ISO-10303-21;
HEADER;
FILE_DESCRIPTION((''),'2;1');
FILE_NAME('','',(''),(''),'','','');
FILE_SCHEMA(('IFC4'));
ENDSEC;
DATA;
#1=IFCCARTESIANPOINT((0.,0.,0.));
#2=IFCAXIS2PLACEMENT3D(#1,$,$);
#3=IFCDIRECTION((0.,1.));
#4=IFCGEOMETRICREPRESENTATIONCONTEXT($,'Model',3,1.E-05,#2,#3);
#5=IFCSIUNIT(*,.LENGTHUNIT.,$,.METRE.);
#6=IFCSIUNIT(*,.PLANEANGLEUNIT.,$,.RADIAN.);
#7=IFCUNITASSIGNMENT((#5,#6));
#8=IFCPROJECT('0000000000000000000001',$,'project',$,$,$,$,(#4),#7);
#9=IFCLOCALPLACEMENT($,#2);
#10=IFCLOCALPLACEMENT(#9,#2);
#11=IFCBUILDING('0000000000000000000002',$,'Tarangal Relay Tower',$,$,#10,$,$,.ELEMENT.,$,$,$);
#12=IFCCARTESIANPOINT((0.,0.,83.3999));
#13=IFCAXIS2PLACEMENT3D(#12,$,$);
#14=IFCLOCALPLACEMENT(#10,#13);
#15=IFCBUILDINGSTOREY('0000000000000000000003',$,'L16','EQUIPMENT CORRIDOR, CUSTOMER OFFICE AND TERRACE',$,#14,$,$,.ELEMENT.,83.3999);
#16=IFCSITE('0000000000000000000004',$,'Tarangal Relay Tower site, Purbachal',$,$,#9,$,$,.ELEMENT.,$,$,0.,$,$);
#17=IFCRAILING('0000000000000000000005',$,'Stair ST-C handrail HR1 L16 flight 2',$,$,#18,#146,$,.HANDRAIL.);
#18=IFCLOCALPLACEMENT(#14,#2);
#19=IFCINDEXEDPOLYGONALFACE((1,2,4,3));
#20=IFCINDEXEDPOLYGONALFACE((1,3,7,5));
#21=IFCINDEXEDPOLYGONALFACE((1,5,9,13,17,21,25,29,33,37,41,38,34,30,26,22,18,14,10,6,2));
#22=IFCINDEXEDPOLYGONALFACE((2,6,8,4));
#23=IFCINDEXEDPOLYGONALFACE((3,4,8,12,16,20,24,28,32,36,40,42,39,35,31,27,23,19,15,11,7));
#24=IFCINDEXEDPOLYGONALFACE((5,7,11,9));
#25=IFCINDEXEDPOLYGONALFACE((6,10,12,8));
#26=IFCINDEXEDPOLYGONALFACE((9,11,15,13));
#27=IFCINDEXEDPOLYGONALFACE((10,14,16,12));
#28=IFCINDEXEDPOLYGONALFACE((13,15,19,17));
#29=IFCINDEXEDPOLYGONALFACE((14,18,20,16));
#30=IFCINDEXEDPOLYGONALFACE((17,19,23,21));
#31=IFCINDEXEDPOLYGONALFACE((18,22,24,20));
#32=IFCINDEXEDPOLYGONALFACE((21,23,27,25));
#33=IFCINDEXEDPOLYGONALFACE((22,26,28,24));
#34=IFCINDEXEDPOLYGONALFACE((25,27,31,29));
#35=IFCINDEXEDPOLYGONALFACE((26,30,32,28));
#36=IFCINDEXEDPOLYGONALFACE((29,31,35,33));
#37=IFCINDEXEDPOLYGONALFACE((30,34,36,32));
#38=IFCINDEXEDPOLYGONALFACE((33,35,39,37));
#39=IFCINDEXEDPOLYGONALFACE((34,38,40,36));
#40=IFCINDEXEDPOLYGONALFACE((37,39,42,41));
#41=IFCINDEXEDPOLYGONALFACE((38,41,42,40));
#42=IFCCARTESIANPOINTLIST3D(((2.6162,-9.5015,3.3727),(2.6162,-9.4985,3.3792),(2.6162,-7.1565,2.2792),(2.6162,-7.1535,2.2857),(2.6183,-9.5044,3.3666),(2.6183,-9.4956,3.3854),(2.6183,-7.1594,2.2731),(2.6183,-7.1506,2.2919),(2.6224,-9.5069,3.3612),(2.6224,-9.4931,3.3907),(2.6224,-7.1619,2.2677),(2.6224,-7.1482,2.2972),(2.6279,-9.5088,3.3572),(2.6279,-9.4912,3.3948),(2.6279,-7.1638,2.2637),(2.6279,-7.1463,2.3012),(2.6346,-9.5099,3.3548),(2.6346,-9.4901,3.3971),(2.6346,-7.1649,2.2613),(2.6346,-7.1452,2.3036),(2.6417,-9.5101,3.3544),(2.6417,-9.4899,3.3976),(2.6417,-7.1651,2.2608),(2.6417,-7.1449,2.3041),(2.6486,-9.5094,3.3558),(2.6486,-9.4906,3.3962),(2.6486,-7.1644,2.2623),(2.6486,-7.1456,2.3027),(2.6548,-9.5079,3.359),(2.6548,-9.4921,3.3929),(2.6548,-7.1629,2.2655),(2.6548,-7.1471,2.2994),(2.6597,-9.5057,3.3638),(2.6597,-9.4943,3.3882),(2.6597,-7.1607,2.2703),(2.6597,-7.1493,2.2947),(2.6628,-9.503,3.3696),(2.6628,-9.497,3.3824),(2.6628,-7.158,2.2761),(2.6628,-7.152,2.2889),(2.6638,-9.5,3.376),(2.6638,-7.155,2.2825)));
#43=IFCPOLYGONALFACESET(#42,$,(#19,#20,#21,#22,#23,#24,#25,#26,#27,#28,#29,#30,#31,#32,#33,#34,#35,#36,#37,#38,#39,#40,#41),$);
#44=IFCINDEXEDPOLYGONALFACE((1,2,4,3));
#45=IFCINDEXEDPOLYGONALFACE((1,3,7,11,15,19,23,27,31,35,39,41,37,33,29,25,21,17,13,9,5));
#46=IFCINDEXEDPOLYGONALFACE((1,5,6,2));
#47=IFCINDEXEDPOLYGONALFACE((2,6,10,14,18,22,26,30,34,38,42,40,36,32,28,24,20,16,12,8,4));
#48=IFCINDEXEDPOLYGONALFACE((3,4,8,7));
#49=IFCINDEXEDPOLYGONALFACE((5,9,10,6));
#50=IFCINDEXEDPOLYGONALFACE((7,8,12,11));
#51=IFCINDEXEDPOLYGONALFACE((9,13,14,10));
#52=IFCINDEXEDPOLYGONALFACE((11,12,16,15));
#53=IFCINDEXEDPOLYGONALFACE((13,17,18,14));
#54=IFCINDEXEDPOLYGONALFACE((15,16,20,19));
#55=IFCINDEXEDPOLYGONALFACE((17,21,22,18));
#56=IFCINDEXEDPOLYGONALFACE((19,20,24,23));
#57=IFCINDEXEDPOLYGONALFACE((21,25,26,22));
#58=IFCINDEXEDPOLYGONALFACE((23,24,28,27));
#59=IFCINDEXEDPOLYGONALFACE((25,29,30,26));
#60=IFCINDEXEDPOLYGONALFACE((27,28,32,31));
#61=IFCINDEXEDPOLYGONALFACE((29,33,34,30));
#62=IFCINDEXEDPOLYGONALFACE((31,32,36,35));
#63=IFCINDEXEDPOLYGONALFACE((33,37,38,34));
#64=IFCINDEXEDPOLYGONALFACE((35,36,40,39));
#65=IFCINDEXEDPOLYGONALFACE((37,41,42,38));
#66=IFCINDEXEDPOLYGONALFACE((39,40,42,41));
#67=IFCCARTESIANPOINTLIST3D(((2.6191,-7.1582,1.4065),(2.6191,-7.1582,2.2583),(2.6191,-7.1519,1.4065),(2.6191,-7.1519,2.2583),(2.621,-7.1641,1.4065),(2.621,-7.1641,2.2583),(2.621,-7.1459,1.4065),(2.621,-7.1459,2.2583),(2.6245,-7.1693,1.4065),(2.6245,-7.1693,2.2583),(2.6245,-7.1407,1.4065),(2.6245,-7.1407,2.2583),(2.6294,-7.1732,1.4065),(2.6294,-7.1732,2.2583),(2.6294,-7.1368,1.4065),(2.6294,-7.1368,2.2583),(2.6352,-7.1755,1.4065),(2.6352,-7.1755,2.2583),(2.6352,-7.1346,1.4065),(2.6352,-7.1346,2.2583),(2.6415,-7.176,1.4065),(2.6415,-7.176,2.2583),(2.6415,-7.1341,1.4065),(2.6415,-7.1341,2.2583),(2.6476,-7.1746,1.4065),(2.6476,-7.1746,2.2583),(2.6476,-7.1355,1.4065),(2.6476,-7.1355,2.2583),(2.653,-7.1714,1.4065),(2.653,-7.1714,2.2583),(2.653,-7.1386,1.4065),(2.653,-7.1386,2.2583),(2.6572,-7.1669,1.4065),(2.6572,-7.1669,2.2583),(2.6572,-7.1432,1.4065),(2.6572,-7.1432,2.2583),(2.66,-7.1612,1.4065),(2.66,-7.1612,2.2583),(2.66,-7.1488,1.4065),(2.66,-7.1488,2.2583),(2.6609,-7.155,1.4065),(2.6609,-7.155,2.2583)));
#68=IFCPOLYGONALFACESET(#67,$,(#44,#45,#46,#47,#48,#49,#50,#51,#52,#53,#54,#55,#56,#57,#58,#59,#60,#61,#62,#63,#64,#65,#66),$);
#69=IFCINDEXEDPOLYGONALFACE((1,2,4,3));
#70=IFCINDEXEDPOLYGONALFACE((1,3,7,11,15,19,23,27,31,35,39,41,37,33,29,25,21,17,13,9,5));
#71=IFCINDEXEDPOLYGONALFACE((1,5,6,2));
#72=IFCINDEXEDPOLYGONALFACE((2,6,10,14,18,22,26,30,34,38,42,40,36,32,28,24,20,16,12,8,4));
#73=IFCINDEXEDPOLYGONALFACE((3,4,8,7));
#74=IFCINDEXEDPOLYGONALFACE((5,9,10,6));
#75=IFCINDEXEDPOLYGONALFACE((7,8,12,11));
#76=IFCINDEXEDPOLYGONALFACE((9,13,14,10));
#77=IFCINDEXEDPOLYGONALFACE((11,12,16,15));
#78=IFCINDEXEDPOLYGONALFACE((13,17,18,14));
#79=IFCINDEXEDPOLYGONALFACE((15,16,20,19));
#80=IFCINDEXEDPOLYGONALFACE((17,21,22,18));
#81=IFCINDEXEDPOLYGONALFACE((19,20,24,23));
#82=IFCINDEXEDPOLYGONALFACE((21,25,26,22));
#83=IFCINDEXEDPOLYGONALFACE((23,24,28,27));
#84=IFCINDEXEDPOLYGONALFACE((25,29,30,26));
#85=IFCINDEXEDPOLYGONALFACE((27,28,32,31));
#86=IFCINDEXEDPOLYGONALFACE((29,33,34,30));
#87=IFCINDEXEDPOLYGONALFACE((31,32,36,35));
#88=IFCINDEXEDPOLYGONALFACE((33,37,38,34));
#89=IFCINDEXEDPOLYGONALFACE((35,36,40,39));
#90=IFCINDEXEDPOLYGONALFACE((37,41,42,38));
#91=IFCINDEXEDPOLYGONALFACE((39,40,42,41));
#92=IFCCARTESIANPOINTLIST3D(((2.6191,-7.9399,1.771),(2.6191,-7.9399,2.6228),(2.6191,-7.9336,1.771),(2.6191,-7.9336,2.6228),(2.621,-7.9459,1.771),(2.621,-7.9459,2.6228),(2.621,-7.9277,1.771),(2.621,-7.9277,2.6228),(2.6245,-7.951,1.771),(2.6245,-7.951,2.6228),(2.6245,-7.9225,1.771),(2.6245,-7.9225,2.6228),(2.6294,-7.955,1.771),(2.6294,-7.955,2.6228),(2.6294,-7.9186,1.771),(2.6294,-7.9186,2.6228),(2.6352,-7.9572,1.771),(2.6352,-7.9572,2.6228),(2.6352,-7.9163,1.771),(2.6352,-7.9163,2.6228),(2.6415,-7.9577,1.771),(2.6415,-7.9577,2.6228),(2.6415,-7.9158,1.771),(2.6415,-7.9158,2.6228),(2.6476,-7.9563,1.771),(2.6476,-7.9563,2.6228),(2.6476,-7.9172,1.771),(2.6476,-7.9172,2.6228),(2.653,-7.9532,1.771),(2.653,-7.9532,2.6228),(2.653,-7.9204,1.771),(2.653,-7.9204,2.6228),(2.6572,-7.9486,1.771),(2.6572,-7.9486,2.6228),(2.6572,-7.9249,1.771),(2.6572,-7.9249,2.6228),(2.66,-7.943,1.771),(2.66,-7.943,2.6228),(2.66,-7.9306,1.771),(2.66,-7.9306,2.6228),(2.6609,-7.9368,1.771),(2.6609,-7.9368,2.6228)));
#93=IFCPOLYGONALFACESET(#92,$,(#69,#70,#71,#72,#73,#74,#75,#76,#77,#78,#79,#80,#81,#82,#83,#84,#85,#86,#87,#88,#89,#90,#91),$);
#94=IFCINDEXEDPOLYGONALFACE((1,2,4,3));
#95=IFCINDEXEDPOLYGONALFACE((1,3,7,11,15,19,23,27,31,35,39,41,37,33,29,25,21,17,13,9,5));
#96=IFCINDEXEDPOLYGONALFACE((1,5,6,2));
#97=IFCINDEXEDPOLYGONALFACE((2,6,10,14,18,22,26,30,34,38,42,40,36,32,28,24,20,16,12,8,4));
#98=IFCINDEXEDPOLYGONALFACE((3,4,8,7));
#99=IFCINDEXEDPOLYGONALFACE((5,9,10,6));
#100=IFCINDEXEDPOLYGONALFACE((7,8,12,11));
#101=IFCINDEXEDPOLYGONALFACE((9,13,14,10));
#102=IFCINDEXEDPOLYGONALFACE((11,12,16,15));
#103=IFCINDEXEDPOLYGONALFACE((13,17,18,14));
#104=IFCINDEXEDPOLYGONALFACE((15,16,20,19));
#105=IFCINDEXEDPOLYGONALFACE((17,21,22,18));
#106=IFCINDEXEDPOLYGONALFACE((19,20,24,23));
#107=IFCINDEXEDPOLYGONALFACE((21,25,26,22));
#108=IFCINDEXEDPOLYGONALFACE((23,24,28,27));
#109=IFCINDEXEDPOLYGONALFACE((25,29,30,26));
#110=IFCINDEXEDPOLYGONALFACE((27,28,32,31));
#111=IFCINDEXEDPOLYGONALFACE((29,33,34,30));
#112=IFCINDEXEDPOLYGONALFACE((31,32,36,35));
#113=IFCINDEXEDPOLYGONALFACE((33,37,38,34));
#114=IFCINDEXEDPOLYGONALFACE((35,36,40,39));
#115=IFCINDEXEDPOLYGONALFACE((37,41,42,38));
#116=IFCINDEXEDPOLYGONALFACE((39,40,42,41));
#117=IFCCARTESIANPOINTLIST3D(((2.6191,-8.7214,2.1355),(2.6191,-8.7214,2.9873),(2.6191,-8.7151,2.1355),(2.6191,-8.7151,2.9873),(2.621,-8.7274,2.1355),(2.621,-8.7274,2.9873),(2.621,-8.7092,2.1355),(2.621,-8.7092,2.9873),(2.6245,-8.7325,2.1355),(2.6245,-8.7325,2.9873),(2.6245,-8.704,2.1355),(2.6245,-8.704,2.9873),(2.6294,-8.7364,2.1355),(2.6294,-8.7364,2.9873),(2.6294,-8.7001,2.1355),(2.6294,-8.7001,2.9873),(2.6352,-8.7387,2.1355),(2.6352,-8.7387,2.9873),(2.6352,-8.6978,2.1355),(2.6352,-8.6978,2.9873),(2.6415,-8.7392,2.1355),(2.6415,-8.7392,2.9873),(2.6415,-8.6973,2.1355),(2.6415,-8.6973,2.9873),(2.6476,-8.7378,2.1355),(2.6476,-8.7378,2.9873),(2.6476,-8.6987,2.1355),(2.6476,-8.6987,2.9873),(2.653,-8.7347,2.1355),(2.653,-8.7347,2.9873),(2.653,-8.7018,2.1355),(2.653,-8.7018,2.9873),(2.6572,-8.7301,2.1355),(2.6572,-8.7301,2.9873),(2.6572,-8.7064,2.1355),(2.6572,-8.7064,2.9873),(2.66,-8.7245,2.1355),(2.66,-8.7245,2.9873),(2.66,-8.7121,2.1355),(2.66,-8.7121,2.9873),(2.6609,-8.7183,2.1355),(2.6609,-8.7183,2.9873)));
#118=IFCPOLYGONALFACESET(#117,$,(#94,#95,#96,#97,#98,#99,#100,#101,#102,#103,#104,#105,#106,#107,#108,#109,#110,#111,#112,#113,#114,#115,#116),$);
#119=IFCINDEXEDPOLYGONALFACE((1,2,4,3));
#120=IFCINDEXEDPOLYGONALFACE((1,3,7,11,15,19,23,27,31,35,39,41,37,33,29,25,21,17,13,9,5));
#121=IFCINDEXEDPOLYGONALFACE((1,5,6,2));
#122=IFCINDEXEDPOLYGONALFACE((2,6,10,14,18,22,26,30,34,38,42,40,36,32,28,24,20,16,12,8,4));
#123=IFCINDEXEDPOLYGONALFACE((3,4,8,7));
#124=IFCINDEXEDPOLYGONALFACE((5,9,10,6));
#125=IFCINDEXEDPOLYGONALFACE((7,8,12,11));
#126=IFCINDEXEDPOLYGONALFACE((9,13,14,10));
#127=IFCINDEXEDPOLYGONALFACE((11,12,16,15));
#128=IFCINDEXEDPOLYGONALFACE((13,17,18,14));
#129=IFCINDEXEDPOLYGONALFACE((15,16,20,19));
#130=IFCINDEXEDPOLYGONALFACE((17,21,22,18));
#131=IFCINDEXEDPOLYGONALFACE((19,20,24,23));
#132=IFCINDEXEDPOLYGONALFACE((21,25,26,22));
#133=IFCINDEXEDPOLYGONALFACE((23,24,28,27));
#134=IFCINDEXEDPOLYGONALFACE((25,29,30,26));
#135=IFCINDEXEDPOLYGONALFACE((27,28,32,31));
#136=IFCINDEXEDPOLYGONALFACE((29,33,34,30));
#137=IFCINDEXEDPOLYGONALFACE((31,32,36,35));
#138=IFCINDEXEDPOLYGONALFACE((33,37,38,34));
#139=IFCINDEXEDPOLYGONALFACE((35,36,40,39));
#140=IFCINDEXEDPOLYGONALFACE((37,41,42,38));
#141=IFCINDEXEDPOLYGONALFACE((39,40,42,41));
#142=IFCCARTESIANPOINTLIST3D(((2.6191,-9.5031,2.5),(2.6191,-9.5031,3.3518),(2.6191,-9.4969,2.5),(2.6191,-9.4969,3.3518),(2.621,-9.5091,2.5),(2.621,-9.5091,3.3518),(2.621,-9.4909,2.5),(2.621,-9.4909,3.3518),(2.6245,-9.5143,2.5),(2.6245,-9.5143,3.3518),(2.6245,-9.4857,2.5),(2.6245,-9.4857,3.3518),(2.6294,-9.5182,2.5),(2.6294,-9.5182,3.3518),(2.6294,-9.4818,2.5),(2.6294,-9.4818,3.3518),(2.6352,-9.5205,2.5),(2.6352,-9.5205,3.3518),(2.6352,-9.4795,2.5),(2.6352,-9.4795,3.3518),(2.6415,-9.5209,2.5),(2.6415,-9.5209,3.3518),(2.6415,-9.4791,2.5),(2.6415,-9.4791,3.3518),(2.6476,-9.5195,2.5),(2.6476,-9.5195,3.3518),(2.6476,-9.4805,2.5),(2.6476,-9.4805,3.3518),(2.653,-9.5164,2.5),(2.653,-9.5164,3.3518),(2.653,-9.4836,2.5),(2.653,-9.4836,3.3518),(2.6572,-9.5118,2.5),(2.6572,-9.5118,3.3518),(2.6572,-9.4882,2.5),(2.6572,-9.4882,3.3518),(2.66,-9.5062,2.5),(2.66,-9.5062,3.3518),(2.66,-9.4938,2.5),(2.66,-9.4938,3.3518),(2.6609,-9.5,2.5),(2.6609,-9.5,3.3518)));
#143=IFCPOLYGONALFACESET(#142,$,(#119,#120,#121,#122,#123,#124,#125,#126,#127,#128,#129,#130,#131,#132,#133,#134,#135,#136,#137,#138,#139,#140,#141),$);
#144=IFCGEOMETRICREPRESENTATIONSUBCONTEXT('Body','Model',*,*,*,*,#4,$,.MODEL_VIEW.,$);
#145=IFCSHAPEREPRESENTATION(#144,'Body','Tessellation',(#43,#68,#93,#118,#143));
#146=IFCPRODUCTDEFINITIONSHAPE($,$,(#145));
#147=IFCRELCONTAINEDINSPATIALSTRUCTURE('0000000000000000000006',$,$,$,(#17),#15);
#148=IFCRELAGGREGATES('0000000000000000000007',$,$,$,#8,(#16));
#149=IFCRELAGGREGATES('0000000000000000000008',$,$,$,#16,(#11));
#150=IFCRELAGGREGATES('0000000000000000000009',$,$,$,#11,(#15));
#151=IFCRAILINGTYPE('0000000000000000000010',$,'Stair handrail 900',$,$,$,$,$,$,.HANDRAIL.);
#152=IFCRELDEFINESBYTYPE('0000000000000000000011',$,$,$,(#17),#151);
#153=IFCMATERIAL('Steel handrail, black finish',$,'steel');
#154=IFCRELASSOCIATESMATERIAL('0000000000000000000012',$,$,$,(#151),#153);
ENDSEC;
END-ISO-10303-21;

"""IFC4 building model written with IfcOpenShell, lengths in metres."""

from ifc_helpers import new_model, si_unit, direction, frame, origin, origin_2d, place, context, subcontext, project, spatial, circle, extrude, material, type_object, element, save


model = new_model("IFC4")

# Units and contexts
model_context = context("Model", 3, precision=1e-05, world=origin(), true_north=direction((0.0, 1.0)))
body_context = subcontext(model_context, "Body", "Model", "MODEL_VIEW")
ifc_project = project(units=[si_unit("LENGTHUNIT", "METRE"), si_unit("PLANEANGLEUNIT", "RADIAN")], contexts=[model_context])

# Site, building, storey
site_placement = place(None, origin())
site = spatial("IfcSite", under=ifc_project, at=site_placement, Name="Tarangal Relay Tower site, Purbachal", CompositionType="ELEMENT", RefElevation=0.0)
building_placement = place(site_placement, origin())
building = spatial("IfcBuilding", under=site, at=building_placement, Name="Tarangal Relay Tower", CompositionType="ELEMENT")
storey_placement = place(building_placement, frame((0.0, 0.0, 83.3999)))
storey = spatial("IfcBuildingStorey", under=building, at=storey_placement, Name="L16", Description="EQUIPMENT CORRIDOR, CUSTOMER OFFICE AND TERRACE", CompositionType="ELEMENT", Elevation=83.3999)

# Railing
ifc_material_1 = material(Name="Steel handrail, black finish", Category="steel")
railing_type_1 = type_object("IfcRailingType", Name="Stair handrail 900", PredefinedType="HANDRAIL", material=ifc_material_1)
for number, where, name in (
    (1, (2.6399, -7.155, 1.4065), "Stair ST-C handrail HR1 L16 flight 2"),
):
    element("IfcRailing", number, at=place(storey_placement, frame(where)), inside=storey, type_object=railing_type_1, Name=name, PredefinedType="HANDRAIL", context=body_context, shape_type="SweptSolid", body=[
        extrude(circle(Radius=0.0239, at=origin_2d()), frame((0.0, 0.0, 0.876), z_axis=(0.0, -0.906304, 0.422627), x_axis=(1.0, 0.0, 0.0)), (0.0, 0.0, 1.0), 2.5874),
        extrude(circle(Radius=0.021, at=origin_2d()), origin(), (0.0, 0.0, 1.0), 0.8518),
        extrude(circle(Radius=0.021, at=origin_2d()), frame((0.0, -0.7817, 0.3645)), (0.0, 0.0, 1.0), 0.8518),
        extrude(circle(Radius=0.021, at=origin_2d()), frame((0.0, -1.5632, 0.729)), (0.0, 0.0, 1.0), 0.8518),
        extrude(circle(Radius=0.021, at=origin_2d()), frame((0.0, -2.345, 1.0935)), (0.0, 0.0, 1.0), 0.8518),
    ])

save(model, "model.ifc")
